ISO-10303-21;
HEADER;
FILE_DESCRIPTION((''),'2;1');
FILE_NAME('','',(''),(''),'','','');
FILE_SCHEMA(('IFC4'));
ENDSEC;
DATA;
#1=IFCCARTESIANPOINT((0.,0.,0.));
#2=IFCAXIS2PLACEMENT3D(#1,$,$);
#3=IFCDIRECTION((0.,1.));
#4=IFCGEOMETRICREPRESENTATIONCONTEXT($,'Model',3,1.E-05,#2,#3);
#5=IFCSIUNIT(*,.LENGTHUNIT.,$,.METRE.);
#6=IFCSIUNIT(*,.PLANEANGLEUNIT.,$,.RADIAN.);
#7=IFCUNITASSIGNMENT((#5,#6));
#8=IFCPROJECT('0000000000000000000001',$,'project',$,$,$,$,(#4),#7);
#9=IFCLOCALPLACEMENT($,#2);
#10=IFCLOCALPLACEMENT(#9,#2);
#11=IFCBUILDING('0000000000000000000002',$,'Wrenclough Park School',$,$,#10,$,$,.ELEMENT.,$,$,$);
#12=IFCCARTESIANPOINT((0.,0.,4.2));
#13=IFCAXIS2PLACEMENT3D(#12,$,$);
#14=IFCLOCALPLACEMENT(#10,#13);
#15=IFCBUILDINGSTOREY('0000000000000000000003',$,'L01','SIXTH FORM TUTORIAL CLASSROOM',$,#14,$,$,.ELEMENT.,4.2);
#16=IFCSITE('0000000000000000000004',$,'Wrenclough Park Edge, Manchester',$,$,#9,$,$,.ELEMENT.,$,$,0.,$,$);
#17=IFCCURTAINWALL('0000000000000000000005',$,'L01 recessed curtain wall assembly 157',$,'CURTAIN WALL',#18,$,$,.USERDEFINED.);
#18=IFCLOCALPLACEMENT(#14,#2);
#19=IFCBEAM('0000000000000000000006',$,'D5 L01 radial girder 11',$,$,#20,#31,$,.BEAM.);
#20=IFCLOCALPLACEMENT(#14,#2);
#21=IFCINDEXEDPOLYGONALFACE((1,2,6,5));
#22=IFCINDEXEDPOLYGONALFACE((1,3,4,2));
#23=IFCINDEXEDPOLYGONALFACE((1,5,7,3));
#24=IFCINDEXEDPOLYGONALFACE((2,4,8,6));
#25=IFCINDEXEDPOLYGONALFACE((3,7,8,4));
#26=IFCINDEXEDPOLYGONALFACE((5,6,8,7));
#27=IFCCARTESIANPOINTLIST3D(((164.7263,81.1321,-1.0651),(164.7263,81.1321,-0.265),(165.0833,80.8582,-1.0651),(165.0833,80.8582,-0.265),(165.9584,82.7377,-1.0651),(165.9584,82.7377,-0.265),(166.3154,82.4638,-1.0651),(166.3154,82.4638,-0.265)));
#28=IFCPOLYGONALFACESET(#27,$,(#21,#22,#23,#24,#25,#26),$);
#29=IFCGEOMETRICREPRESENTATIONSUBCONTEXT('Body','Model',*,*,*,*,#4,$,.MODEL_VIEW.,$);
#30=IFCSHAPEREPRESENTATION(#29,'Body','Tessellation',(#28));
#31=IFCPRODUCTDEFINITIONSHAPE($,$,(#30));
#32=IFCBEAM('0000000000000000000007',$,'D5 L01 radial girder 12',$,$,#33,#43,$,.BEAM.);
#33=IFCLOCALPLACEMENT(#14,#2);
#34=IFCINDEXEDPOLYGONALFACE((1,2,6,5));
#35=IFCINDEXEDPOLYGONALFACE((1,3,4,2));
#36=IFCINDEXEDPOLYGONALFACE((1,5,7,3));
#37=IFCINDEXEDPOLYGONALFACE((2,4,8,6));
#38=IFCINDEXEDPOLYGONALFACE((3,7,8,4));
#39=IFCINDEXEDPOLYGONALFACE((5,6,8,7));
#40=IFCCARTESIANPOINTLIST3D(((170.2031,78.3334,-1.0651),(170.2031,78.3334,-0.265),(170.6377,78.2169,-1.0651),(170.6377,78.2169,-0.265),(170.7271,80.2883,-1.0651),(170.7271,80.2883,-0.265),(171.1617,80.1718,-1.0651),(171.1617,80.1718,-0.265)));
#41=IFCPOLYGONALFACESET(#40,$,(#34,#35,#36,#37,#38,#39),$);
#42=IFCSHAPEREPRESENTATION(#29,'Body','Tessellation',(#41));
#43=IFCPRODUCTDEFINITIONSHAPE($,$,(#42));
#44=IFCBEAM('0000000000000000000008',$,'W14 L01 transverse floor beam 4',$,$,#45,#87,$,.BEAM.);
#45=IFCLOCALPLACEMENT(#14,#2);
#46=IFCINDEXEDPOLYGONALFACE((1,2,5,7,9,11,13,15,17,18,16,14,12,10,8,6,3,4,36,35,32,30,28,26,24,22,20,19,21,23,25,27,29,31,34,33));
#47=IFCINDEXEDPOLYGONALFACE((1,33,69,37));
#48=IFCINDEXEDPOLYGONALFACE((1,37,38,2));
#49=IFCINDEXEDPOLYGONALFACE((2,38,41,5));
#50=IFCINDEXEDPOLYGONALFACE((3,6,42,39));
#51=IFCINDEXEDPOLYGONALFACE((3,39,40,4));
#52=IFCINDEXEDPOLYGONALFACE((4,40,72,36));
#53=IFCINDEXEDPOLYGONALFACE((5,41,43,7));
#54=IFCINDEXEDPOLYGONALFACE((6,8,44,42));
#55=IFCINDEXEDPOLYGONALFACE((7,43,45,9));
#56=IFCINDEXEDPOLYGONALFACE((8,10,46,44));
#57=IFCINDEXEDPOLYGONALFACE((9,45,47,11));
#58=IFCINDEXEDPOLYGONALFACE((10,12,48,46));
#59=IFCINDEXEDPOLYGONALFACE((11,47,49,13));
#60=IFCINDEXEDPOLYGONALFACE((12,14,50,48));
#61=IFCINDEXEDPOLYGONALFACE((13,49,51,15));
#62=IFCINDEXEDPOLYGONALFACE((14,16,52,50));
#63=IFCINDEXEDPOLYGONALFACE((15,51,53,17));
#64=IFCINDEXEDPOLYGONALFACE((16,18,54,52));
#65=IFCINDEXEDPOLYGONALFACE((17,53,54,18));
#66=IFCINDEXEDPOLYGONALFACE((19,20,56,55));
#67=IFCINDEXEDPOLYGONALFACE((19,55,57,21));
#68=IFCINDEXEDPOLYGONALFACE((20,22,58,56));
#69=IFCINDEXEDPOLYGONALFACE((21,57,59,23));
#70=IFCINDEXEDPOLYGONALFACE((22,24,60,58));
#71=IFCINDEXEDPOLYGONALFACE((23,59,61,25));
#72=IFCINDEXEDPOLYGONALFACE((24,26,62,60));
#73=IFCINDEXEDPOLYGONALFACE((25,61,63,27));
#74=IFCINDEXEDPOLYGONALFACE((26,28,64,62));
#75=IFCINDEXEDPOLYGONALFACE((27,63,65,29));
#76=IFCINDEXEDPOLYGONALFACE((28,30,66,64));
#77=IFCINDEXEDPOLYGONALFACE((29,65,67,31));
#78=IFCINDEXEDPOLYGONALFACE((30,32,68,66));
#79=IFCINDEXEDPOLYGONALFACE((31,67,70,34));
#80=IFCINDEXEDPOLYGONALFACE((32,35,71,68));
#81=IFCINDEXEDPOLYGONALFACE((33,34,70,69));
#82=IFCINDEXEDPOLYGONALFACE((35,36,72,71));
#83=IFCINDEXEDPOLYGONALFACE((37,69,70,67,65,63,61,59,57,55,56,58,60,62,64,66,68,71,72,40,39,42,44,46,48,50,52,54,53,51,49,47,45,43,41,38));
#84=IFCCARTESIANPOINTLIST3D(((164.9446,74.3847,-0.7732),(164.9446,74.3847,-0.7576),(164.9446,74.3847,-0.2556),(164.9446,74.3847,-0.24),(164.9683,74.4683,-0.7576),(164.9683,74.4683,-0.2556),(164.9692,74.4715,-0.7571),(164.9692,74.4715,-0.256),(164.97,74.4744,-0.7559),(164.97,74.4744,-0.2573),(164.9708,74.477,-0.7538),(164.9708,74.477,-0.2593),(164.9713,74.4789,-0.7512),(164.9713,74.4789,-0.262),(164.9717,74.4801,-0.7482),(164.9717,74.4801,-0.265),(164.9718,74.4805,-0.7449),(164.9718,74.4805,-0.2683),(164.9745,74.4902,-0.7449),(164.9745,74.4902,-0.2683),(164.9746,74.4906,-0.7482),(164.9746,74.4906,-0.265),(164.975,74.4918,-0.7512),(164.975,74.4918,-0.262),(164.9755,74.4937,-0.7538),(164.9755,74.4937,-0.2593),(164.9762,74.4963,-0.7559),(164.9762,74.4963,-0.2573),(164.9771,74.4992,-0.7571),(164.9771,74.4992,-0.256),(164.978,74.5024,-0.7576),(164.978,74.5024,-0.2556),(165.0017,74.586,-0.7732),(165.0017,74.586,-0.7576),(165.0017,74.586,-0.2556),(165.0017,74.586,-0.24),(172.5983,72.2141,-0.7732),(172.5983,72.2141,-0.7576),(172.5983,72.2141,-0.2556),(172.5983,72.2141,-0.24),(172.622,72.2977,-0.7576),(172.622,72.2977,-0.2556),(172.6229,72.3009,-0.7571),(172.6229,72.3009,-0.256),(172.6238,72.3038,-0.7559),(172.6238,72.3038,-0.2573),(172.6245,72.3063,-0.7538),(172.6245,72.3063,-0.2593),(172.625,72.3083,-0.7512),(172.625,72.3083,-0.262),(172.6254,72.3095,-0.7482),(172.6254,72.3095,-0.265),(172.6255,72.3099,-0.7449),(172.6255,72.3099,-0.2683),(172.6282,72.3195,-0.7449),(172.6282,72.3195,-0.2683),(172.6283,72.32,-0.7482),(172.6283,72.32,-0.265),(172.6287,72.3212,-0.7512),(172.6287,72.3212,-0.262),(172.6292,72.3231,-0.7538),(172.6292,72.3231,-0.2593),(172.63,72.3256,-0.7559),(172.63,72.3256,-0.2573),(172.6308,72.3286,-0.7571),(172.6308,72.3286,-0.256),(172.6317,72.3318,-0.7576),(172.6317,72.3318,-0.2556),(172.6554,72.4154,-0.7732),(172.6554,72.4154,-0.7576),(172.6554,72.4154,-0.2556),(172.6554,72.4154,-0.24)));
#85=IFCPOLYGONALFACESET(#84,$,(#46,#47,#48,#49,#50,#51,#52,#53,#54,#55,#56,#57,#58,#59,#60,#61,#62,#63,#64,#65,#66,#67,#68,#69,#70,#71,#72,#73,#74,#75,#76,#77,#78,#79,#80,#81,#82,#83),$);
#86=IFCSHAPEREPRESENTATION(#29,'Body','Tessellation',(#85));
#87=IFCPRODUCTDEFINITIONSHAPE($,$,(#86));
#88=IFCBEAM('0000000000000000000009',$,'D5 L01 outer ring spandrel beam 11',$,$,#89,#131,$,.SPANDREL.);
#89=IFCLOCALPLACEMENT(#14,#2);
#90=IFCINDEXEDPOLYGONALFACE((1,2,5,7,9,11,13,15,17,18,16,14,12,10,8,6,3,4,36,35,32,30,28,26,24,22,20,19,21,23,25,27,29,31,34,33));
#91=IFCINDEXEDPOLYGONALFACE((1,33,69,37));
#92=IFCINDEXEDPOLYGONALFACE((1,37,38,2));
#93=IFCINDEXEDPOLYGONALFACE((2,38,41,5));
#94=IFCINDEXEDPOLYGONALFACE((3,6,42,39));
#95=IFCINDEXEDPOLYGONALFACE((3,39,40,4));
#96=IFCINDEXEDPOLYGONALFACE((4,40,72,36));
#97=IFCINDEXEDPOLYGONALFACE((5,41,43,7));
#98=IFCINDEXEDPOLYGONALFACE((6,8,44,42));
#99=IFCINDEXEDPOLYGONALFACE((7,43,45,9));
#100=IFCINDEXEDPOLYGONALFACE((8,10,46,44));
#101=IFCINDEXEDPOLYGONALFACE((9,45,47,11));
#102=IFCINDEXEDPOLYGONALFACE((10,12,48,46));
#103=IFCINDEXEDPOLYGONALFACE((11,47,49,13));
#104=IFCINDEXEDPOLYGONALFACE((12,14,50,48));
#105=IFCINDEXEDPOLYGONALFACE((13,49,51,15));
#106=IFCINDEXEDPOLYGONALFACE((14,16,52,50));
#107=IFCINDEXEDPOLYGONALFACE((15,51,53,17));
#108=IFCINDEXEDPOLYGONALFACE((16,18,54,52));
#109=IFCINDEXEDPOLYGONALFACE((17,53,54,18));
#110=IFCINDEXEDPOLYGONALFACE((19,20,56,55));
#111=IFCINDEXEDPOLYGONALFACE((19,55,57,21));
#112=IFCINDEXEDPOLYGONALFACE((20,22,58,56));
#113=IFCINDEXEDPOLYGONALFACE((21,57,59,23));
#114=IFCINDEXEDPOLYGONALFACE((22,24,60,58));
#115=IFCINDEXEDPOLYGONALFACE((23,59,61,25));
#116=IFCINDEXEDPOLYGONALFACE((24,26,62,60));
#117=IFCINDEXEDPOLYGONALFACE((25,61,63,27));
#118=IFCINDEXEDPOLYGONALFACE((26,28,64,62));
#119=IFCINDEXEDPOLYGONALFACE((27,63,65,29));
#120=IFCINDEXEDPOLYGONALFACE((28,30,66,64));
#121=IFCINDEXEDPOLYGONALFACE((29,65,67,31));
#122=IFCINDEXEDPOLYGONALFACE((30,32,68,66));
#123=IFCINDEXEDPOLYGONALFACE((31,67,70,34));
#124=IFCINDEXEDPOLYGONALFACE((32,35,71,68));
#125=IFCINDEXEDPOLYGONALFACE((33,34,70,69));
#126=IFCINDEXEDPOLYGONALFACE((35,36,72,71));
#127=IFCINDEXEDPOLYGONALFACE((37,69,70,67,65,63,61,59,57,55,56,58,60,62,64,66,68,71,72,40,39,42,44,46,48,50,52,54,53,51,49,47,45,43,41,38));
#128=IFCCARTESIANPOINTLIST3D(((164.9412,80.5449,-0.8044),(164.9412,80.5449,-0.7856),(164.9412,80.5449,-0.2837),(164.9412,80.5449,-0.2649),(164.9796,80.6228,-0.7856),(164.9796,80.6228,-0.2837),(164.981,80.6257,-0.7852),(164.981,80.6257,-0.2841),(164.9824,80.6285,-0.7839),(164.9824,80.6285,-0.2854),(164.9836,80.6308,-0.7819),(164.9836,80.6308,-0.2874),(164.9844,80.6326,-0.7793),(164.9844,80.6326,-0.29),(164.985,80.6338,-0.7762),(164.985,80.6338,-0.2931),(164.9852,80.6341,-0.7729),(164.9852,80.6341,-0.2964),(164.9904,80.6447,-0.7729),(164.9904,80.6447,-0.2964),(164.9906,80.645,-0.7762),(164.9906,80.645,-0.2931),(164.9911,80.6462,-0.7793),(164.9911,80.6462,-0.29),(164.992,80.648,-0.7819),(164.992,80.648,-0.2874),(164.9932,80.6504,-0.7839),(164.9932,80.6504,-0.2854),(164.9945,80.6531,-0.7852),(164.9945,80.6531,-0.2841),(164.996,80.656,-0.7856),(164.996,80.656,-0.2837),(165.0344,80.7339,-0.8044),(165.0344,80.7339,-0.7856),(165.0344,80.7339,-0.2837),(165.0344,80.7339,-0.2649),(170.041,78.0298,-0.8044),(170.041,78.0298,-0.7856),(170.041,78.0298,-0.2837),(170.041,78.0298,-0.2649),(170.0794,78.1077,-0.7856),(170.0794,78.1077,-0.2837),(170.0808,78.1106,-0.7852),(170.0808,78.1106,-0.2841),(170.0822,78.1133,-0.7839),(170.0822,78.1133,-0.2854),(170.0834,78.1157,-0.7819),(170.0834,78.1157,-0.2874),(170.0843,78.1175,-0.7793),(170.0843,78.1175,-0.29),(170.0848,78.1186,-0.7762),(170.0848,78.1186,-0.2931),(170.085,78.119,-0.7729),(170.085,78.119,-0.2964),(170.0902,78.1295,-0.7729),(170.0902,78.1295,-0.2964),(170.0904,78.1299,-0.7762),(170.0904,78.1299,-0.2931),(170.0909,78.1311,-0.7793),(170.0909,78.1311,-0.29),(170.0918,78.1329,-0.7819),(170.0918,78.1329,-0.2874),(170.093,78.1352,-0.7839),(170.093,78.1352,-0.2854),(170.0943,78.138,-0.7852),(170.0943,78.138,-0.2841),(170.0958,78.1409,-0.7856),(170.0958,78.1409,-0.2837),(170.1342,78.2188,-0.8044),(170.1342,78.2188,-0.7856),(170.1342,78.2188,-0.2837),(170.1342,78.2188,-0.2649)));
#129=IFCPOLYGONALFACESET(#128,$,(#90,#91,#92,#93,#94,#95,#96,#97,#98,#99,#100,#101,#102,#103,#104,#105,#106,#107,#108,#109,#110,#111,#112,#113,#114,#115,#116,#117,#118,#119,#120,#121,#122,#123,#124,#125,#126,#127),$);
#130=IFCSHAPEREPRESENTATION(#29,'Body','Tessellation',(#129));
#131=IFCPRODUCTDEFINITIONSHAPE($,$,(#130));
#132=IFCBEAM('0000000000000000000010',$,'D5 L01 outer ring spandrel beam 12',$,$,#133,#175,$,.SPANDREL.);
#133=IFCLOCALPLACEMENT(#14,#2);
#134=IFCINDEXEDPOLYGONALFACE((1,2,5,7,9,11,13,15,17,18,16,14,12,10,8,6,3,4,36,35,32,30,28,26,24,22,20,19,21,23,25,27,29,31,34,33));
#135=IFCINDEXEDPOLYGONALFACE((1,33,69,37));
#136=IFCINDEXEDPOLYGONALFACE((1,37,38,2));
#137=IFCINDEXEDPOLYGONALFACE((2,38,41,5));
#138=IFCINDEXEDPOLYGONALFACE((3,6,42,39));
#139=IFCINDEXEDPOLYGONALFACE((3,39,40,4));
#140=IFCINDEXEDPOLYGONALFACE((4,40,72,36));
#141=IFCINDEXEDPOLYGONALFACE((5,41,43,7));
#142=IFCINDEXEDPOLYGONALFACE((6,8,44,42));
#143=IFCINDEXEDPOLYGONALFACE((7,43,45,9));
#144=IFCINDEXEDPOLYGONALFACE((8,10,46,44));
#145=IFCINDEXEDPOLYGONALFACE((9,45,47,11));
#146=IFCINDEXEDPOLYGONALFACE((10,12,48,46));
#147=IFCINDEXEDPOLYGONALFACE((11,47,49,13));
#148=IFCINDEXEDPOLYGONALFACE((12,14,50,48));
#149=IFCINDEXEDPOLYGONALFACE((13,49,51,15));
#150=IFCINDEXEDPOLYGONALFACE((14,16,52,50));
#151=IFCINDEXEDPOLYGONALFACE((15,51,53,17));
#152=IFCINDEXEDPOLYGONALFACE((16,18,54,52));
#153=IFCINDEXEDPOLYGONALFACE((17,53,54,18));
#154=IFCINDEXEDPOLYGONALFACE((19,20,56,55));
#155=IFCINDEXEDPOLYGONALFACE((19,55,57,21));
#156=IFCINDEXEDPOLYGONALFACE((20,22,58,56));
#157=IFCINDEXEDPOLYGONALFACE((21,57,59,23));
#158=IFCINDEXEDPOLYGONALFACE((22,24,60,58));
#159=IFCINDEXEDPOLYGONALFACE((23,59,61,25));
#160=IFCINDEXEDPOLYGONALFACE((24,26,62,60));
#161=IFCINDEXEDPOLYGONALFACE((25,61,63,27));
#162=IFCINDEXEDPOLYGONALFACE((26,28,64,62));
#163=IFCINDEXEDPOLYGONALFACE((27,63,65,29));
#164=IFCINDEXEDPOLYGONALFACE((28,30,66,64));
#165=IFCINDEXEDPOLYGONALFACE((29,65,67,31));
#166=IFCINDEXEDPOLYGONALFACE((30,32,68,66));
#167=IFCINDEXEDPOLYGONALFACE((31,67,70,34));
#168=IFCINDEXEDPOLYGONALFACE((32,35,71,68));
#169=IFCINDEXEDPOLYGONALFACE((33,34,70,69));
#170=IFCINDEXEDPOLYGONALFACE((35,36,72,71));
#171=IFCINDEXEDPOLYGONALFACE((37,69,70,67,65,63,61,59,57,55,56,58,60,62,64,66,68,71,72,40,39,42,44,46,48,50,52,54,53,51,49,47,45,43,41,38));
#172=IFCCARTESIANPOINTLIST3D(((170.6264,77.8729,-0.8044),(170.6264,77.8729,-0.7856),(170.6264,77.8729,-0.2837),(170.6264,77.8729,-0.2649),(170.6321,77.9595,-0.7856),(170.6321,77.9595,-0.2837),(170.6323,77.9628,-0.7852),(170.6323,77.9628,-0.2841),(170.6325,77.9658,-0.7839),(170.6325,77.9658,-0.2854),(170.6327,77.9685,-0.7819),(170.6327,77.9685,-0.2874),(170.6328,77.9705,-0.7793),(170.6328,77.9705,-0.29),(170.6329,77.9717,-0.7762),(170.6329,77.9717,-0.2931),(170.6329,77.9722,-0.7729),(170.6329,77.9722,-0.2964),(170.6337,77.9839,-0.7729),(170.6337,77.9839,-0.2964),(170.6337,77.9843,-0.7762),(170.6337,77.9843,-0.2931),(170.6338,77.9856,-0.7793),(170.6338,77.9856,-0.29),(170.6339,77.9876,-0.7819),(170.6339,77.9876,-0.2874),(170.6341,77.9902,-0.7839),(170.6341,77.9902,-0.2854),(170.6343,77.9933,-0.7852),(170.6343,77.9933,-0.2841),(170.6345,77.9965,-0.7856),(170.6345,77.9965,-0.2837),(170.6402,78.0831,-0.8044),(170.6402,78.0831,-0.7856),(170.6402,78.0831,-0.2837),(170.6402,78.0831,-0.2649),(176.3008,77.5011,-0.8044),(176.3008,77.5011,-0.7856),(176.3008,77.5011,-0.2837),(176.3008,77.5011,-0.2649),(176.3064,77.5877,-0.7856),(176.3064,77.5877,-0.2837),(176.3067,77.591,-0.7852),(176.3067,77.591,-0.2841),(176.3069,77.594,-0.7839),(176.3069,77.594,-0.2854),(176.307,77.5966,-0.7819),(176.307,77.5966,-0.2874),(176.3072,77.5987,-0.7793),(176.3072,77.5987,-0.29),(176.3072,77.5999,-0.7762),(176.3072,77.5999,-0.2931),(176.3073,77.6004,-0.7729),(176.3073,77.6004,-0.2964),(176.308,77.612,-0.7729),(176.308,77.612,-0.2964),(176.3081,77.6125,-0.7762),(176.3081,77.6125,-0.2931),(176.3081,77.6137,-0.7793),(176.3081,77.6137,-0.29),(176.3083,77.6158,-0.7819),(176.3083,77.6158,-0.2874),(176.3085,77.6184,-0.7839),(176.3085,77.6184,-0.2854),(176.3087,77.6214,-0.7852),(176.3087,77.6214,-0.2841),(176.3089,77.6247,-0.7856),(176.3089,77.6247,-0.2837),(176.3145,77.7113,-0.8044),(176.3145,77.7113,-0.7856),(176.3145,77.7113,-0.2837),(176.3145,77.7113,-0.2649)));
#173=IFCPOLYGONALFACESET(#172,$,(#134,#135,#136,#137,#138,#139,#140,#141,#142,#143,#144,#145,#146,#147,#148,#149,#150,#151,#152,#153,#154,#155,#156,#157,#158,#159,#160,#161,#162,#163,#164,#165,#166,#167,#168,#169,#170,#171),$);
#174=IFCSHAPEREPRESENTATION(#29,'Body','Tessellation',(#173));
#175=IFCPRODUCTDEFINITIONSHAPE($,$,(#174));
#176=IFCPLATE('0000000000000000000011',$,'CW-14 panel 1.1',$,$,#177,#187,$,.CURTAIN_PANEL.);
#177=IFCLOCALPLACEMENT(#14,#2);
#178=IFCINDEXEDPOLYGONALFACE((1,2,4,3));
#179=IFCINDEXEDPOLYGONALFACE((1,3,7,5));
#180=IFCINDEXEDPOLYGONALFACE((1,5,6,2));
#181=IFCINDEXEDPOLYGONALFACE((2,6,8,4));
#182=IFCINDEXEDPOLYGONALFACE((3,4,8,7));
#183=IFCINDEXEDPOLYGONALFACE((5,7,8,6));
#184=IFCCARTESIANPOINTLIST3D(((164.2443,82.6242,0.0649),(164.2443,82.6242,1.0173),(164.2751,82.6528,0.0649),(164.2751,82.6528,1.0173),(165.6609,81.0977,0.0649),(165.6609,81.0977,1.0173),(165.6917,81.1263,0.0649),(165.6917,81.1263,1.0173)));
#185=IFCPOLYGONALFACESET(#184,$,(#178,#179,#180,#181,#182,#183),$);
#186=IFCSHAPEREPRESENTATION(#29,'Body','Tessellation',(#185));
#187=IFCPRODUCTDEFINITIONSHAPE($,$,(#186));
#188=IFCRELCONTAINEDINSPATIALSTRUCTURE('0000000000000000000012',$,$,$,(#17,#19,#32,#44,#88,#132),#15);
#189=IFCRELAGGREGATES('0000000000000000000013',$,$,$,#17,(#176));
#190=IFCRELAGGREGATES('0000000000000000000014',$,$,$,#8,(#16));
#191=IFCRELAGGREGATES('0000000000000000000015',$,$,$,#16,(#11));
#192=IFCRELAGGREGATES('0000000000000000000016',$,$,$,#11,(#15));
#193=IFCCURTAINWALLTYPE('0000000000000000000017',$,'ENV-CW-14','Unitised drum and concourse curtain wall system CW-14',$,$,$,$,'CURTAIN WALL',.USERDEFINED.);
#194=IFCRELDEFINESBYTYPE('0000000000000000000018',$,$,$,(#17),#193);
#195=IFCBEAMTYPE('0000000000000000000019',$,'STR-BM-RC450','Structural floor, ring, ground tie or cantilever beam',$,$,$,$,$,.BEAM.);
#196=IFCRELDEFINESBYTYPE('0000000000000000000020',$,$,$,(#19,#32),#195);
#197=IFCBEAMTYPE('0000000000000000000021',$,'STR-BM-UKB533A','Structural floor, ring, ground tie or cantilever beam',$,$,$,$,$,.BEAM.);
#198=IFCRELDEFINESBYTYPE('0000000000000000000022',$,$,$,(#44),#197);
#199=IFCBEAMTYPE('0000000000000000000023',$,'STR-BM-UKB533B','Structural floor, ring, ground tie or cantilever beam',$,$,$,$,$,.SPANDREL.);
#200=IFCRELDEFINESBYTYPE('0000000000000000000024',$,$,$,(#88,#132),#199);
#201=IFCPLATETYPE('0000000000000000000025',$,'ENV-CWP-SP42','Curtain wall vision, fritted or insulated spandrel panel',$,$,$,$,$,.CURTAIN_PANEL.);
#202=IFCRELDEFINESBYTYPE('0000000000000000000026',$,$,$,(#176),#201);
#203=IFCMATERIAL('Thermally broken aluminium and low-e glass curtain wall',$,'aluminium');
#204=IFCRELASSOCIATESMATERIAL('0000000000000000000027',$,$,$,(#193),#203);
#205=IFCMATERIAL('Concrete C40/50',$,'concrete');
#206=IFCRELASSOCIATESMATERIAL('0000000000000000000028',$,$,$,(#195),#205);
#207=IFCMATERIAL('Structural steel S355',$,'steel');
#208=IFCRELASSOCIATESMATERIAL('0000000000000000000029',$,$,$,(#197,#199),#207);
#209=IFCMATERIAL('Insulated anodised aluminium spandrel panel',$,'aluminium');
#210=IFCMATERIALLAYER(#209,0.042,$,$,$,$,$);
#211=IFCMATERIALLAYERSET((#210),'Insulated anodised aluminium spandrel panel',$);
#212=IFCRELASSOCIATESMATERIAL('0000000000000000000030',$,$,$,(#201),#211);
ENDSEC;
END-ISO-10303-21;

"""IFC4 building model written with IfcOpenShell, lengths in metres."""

from ifc_helpers import new_model, si_unit, direction, frame, origin, origin_2d, place, context, subcontext, project, spatial, rectangle, i_section, extrude, material, layer, layer_set, material_profile, profile_set, type_object, element, aggregate, save


model = new_model("IFC4")

# Units and contexts
model_context = context("Model", 3, precision=1e-05, world=origin(), true_north=direction((0.0, 1.0)))
body_context = subcontext(model_context, "Body", "Model", "MODEL_VIEW")
ifc_project = project(units=[si_unit("LENGTHUNIT", "METRE"), si_unit("PLANEANGLEUNIT", "RADIAN")], contexts=[model_context])

# Site, building, storey
site_placement = place(None, origin())
site = spatial("IfcSite", under=ifc_project, at=site_placement, Name="Wrenclough Park Edge, Manchester", CompositionType="ELEMENT", RefElevation=0.0)
building_placement = place(site_placement, origin())
building = spatial("IfcBuilding", under=site, at=building_placement, Name="Wrenclough Park School", CompositionType="ELEMENT")
storey_placement = place(building_placement, frame((0.0, 0.0, 4.2)))
storey = spatial("IfcBuildingStorey", under=building, at=storey_placement, Name="L01", Description="SIXTH FORM TUTORIAL CLASSROOM", CompositionType="ELEMENT", Elevation=4.2)

# Shared definitions
ifc_material_1 = material(Name="Concrete C40/50", Category="concrete")
ifc_material_2 = material(Name="Structural steel S355", Category="steel")

# Curtain wall
ifc_material_3 = material(Name="Thermally broken aluminium and low-e glass curtain wall", Category="aluminium")
curtain_wall_type = type_object("IfcCurtainWallType", Name="ENV-CW-14", Description="Unitised drum and concourse curtain wall system CW-14", ElementType="CURTAIN WALL", PredefinedType="USERDEFINED", material=ifc_material_3)
curtain_wall_placement = place(storey_placement, origin())
curtain_wall = element("IfcCurtainWall", 1, at=curtain_wall_placement, inside=storey, type_object=curtain_wall_type, Name="L01 recessed curtain wall assembly 157", ObjectType="CURTAIN WALL", PredefinedType="USERDEFINED")

# Beams
ifc_material_profile_1 = material_profile(ifc_material_1, rectangle(XDim=0.45, YDim=0.8, at=origin_2d()), Name="RC BEAM 450x800")
ifc_profile_set_1 = profile_set([ifc_material_profile_1], Name="Concrete C40/50")
beam_type_1 = type_object("IfcBeamType", Name="STR-BM-RC450", Description="Structural floor, ring, ground tie or cantilever beam", PredefinedType="BEAM", material=ifc_profile_set_1)
for number, where, z_axis, x_axis, name in (
    (2, (164.9048, 80.9951, -0.665), (0.608783, 0.793336, 0.0), (-0.793336, 0.608783, 0.0), "D5 L01 radial girder 11"),
    (3, (170.4204, 78.2751, -0.665), (0.258879, 0.96591, 0.0), (-0.96591, 0.258879, 0.0), "D5 L01 radial girder 12"),
):
    element("IfcBeam", number, at=place(storey_placement, frame(where, z_axis=z_axis, x_axis=x_axis)), inside=storey, type_object=beam_type_1, Name=name, PredefinedType="BEAM", context=body_context, shape_type="SweptSolid", body=[
        extrude(rectangle(XDim=0.45, YDim=0.8, at=origin_2d()), origin(), (0.0, 0.0, 1.0), 2.0239),
    ])
ifc_material_profile_2 = material_profile(ifc_material_2, i_section(OverallWidth=0.2092, OverallDepth=0.5332, WebThickness=0.01, FlangeThickness=0.0156, FilletRadius=0.0127, at=origin_2d()), Name="UKB 533x210x92")
ifc_profile_set_2 = profile_set([ifc_material_profile_2], Name="Structural steel S355")
beam_type_2 = type_object("IfcBeamType", Name="STR-BM-UKB533A", Description="Structural floor, ring, ground tie or cantilever beam", PredefinedType="BEAM", material=ifc_profile_set_2)
beam_1_placement = place(storey_placement, frame((164.9731, 74.4854, -0.5066), z_axis=(0.962058, -0.272844, 0.0), x_axis=(0.272844, 0.962058, 0.0)))
element("IfcBeam", 4, at=beam_1_placement, inside=storey, type_object=beam_type_2, Name="W14 L01 transverse floor beam 4", PredefinedType="BEAM", context=body_context, shape_type="SweptSolid", body=[
    extrude(i_section(OverallWidth=0.2092, OverallDepth=0.5332, WebThickness=0.01, FlangeThickness=0.0156, FilletRadius=0.0127, at=origin_2d()), origin(), (0.0, 0.0, 1.0), 7.9556),
])
ifc_material_profile_3 = material_profile(ifc_material_2, i_section(OverallWidth=0.2107, OverallDepth=0.5396, WebThickness=0.0117, FlangeThickness=0.0188, FilletRadius=0.0127, at=origin_2d()), Name="UKB 533x210x109")
ifc_profile_set_3 = profile_set([ifc_material_profile_3], Name="Structural steel S355")
beam_type_3 = type_object("IfcBeamType", Name="STR-BM-UKB533B", Description="Structural floor, ring, ground tie or cantilever beam", PredefinedType="SPANDREL", material=ifc_profile_set_3)
beam_2_placement = place(storey_placement, frame((164.9878, 80.6394, -0.5347), z_axis=(0.896861, -0.442312, 0.0), x_axis=(0.442312, 0.896861, 0.0)))
element("IfcBeam", 5, at=beam_2_placement, inside=storey, type_object=beam_type_3, Name="D5 L01 outer ring spandrel beam 11", PredefinedType="SPANDREL", context=body_context, shape_type="SweptSolid", body=[
    extrude(i_section(OverallWidth=0.2107, OverallDepth=0.5396, WebThickness=0.0117, FlangeThickness=0.0188, FilletRadius=0.0127, at=origin_2d()), origin(), (0.0, 0.0, 1.0), 5.6863),
])
beam_3_placement = place(storey_placement, frame((170.6333, 77.978, -0.5347), z_axis=(0.99786, -0.065388, 0.0), x_axis=(0.065388, 0.99786, 0.0)))
element("IfcBeam", 6, at=beam_3_placement, inside=storey, type_object=beam_type_3, Name="D5 L01 outer ring spandrel beam 12", PredefinedType="SPANDREL", context=body_context, shape_type="SweptSolid", body=[
    extrude(i_section(OverallWidth=0.2107, OverallDepth=0.5396, WebThickness=0.0117, FlangeThickness=0.0188, FilletRadius=0.0127, at=origin_2d()), origin(), (0.0, 0.0, 1.0), 5.6865),
])

# Plate
ifc_material_4 = material(Name="Insulated anodised aluminium spandrel panel", Category="aluminium")
ifc_layer_1 = layer(ifc_material_4, 0.042)
ifc_layer_set_1 = layer_set([ifc_layer_1], Name="Insulated anodised aluminium spandrel panel")
plate_type_1 = type_object("IfcPlateType", Name="ENV-CWP-SP42", Description="Curtain wall vision, fritted or insulated spandrel panel", PredefinedType="CURTAIN_PANEL", material=ifc_layer_set_1)
plate_1_placement = place(storey_placement, frame((164.968, 81.8752, 0.0649), z_axis=(0.0, 0.0, 1.0), x_axis=(-0.680215, 0.733013, 0.0)))
plate_1 = element("IfcPlate", 7, at=plate_1_placement, type_object=plate_type_1, Name="CW-14 panel 1.1", PredefinedType="CURTAIN_PANEL", context=body_context, shape_type="SweptSolid", body=[
    extrude(rectangle(XDim=2.0825, YDim=0.042, at=origin_2d()), origin(), (0.0, 0.0, 1.0), 0.9524),
])
aggregate(curtain_wall, [plate_1])

save(model, "model.ifc")
